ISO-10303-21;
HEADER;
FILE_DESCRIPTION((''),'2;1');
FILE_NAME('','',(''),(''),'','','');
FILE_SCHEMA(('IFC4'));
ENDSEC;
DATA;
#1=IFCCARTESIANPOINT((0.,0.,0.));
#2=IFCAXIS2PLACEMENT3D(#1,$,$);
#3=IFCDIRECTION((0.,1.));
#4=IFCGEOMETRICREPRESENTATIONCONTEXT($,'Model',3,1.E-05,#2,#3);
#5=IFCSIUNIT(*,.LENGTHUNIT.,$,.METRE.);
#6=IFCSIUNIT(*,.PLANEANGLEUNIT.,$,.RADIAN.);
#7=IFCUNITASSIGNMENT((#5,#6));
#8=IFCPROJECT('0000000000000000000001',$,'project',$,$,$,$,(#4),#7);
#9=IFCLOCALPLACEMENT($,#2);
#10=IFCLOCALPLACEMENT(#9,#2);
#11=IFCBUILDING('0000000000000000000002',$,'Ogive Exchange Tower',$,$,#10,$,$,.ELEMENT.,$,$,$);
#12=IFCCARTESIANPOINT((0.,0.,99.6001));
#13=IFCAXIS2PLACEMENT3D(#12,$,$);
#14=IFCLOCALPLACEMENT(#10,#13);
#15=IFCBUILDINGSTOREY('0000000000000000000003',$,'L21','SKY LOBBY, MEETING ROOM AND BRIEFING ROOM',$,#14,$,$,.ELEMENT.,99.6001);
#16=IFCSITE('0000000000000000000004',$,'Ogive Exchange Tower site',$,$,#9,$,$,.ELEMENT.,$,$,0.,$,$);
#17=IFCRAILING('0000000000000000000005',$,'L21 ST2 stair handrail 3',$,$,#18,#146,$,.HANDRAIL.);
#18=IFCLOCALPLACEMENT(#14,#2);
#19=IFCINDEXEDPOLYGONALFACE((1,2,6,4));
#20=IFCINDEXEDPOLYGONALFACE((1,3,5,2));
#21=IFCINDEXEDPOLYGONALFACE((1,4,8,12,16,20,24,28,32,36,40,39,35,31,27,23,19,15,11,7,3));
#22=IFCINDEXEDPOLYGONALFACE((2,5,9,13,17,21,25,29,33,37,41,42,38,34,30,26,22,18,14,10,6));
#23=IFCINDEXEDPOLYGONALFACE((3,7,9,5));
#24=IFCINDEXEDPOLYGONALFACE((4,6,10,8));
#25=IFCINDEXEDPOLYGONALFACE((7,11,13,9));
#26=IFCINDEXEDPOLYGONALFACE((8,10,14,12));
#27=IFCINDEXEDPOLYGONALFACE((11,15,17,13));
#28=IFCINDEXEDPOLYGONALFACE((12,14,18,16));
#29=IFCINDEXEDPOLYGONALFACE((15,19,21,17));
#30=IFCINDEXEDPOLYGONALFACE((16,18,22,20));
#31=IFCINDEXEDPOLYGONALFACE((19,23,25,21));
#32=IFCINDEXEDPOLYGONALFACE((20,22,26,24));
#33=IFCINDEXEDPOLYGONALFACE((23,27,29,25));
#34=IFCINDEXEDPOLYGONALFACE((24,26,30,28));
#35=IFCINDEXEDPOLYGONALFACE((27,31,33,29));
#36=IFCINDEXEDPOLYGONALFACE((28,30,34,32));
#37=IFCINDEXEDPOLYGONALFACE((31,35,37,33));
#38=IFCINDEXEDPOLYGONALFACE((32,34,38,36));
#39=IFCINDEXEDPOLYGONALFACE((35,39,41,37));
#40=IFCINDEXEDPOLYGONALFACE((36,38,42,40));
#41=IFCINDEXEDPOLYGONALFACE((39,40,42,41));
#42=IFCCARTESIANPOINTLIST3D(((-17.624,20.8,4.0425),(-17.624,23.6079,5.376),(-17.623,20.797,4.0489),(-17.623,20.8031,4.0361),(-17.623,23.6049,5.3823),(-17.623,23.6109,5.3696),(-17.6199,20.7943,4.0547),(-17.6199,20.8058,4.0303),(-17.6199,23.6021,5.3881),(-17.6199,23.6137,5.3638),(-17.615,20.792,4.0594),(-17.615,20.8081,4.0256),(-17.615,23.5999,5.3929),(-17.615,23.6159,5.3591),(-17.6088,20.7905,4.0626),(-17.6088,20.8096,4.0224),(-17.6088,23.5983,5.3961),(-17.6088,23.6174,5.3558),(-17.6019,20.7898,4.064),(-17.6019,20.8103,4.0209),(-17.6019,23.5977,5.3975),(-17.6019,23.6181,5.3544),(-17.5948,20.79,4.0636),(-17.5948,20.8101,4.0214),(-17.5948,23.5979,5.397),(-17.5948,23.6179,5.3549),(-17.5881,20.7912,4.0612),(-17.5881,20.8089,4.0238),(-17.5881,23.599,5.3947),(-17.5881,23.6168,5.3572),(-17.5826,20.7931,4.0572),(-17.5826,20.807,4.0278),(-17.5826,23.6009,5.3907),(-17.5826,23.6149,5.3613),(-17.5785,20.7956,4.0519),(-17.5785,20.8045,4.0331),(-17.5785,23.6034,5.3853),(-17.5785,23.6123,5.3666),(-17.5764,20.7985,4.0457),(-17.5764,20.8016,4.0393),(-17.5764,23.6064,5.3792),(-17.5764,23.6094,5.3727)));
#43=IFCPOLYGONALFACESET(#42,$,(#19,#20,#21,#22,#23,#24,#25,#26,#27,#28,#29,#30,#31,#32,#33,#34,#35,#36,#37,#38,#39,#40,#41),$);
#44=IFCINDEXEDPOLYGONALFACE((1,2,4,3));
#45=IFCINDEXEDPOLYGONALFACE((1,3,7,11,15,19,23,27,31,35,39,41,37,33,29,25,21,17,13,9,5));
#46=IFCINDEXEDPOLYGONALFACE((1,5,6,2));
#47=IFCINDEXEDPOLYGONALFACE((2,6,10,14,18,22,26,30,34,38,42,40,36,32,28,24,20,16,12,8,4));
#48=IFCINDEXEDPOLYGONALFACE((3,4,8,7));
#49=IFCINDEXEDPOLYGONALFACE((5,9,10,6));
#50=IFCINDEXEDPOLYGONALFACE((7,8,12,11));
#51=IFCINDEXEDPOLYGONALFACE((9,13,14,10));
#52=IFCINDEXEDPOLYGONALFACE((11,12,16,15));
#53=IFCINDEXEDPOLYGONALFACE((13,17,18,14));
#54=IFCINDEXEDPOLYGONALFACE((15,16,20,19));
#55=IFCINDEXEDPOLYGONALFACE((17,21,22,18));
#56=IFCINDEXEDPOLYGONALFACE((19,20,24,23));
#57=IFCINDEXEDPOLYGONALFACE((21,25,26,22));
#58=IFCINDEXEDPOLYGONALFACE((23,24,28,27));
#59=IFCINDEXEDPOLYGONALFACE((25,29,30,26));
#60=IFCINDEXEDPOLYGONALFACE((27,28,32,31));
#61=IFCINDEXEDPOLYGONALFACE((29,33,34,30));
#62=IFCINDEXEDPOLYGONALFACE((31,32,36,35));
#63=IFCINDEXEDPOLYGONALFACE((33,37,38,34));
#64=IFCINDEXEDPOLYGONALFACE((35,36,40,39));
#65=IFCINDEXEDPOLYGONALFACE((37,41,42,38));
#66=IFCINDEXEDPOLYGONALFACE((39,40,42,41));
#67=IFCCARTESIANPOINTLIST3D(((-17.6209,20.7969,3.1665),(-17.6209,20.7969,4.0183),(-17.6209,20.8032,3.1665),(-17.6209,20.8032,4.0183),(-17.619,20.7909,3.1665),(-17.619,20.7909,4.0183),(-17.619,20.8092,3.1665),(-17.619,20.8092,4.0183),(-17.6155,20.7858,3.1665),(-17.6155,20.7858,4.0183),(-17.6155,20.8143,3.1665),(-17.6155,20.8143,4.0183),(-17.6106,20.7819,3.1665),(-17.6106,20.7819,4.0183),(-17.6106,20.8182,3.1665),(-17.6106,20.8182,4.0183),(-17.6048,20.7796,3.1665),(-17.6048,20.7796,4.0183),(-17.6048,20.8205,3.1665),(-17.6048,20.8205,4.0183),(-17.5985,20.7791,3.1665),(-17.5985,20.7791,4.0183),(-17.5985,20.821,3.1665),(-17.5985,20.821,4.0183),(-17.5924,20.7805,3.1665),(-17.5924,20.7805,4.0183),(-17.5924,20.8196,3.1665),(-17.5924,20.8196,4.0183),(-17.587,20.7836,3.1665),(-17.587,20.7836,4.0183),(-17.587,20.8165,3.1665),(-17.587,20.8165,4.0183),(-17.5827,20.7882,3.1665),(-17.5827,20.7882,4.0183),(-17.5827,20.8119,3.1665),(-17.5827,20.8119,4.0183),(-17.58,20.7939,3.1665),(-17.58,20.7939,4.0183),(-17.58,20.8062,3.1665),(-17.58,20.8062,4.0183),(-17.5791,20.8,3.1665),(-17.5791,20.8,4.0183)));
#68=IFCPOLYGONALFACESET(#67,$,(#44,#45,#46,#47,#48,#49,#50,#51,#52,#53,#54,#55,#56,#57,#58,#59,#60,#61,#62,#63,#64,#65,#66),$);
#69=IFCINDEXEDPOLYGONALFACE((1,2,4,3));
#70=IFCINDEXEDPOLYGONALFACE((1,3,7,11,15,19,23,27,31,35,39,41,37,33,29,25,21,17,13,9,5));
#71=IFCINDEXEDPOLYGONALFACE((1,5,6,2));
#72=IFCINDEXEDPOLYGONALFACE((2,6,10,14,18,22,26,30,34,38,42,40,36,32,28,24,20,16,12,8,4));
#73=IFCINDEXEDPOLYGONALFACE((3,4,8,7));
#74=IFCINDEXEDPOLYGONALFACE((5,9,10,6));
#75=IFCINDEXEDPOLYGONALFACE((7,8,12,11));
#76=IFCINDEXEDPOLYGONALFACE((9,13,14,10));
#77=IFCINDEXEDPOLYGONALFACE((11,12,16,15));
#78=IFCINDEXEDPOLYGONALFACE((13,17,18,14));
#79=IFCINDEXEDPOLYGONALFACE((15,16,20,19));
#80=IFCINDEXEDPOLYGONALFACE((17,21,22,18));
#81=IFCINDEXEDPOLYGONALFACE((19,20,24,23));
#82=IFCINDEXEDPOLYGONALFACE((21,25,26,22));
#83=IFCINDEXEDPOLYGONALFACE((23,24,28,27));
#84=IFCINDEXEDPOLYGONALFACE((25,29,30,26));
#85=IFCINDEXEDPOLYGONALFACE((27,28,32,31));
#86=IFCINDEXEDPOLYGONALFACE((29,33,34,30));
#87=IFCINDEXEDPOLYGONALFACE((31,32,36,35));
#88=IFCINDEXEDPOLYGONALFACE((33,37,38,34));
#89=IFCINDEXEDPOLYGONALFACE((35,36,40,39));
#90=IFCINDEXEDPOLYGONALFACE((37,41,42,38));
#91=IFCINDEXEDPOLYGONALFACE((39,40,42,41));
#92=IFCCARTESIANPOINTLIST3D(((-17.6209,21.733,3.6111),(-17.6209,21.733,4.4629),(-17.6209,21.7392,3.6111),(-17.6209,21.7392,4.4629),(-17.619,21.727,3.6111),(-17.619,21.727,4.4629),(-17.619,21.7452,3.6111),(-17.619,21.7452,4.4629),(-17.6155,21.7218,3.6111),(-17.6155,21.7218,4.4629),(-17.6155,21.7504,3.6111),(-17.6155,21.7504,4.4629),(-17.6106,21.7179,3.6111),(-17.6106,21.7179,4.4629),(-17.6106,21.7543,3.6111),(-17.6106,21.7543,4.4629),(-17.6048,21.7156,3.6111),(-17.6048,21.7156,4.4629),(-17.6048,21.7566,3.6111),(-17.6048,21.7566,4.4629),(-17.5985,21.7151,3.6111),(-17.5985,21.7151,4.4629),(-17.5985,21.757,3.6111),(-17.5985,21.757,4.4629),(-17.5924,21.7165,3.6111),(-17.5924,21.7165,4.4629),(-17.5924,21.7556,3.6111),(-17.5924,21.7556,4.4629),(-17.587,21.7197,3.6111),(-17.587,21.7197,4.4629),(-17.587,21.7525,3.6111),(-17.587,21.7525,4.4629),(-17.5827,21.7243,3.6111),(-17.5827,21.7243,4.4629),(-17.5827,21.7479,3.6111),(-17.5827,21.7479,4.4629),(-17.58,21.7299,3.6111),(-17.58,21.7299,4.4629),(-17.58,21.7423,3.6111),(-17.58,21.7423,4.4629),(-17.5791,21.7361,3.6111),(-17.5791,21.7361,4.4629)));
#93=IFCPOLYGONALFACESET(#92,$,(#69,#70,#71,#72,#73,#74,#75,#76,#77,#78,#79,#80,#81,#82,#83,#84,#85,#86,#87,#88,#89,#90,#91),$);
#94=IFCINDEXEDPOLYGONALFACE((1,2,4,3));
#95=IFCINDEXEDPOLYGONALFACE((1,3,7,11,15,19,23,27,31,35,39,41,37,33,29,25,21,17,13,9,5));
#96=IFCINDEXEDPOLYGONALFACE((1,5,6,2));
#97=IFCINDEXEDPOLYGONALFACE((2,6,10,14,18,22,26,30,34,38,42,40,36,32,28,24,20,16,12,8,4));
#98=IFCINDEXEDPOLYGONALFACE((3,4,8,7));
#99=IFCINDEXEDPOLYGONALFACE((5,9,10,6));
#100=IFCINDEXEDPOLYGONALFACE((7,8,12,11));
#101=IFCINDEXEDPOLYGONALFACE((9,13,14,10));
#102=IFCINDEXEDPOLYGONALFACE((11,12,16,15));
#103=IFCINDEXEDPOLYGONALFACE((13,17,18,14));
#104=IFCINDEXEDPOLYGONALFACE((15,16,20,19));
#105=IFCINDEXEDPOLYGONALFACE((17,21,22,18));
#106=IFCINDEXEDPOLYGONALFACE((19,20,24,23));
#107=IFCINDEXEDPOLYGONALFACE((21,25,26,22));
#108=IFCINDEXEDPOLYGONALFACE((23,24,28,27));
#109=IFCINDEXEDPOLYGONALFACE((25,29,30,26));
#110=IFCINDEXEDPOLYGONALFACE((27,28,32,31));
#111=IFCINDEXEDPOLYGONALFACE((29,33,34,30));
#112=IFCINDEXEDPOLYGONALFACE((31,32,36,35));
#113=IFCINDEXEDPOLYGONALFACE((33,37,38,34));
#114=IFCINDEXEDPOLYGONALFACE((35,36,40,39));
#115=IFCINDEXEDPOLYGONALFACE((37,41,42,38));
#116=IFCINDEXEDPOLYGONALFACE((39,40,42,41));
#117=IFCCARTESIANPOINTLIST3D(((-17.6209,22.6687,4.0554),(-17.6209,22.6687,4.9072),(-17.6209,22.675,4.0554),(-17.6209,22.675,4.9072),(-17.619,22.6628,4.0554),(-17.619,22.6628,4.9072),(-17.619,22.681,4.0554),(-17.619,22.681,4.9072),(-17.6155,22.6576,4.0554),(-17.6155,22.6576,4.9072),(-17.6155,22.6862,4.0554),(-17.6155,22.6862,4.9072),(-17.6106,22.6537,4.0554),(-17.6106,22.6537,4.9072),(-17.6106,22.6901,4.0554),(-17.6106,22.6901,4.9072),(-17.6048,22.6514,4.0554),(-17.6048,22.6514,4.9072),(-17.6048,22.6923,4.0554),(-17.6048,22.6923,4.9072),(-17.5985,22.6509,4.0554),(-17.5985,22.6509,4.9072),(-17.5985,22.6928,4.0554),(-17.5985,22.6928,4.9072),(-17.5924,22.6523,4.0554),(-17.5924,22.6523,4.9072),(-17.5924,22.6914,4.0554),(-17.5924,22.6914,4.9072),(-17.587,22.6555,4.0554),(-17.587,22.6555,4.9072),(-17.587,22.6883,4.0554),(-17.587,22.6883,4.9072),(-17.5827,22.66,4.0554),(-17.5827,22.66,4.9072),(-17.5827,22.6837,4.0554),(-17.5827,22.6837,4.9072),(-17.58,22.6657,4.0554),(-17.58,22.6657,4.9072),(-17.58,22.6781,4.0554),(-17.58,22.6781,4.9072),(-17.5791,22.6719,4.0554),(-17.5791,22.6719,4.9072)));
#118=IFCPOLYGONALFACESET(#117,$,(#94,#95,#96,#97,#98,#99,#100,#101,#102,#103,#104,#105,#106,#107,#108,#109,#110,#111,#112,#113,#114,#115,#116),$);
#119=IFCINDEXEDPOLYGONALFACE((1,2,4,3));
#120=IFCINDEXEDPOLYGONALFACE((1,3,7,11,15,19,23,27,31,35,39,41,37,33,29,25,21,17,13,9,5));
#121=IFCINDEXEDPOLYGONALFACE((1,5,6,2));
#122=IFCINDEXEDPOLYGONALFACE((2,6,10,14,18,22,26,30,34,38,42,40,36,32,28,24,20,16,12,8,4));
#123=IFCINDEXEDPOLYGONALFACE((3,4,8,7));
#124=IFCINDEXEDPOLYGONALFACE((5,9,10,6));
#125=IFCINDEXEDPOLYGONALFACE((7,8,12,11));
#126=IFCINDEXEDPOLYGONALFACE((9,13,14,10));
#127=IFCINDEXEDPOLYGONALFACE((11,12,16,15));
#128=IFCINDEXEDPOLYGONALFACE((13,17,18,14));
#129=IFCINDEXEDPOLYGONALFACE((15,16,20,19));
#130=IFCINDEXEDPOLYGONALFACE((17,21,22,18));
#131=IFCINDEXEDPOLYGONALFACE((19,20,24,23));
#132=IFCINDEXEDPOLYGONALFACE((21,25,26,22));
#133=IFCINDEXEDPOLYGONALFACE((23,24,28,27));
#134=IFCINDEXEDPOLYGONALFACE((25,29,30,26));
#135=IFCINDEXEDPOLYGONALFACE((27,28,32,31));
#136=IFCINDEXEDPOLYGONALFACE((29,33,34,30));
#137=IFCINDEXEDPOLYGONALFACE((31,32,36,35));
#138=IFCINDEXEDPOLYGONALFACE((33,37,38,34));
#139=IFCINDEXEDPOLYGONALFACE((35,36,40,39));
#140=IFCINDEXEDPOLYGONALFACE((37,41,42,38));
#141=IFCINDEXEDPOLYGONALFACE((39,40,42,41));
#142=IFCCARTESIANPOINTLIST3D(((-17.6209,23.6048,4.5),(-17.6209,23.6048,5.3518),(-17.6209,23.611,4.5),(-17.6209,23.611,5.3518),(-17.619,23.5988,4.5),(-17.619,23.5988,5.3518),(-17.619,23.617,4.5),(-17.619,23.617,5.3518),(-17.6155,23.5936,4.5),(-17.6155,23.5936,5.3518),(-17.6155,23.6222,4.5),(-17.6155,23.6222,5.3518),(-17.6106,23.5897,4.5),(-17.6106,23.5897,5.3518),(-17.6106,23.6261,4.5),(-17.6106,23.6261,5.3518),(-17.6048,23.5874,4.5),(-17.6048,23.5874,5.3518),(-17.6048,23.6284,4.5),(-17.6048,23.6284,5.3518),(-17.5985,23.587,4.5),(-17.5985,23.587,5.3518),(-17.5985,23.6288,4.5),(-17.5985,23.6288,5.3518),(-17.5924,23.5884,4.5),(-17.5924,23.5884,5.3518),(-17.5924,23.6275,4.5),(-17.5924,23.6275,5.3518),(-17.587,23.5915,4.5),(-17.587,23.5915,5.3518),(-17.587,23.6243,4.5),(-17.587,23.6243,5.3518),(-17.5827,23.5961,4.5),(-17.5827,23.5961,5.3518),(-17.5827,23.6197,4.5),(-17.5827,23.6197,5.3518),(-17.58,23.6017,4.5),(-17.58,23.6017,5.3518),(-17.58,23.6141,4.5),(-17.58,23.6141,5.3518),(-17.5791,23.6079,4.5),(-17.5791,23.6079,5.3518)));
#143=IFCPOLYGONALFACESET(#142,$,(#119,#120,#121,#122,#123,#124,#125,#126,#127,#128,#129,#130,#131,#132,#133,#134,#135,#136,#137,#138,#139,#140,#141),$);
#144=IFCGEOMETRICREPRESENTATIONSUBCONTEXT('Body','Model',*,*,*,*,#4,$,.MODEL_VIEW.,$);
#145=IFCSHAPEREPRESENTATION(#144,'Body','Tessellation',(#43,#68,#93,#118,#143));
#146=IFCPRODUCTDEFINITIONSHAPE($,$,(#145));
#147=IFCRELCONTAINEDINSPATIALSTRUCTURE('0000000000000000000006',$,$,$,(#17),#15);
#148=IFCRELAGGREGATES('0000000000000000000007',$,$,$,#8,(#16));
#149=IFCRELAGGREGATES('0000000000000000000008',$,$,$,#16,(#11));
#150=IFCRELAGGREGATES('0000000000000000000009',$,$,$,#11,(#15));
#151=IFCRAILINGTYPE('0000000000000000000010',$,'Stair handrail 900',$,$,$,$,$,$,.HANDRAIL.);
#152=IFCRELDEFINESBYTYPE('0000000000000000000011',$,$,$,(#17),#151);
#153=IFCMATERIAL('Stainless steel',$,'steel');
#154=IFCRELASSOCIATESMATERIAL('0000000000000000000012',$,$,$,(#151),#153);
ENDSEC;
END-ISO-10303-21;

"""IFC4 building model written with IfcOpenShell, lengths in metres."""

from ifc_helpers import new_model, si_unit, direction, frame, origin, origin_2d, place, context, subcontext, project, spatial, circle, extrude, material, type_object, element, save


model = new_model("IFC4")

# Units and contexts
model_context = context("Model", 3, precision=1e-05, world=origin(), true_north=direction((0.0, 1.0)))
body_context = subcontext(model_context, "Body", "Model", "MODEL_VIEW")
ifc_project = project(units=[si_unit("LENGTHUNIT", "METRE"), si_unit("PLANEANGLEUNIT", "RADIAN")], contexts=[model_context])

# Site, building, storey
site_placement = place(None, origin())
site = spatial("IfcSite", under=ifc_project, at=site_placement, Name="Ogive Exchange Tower site", CompositionType="ELEMENT", RefElevation=0.0)
building_placement = place(site_placement, origin())
building = spatial("IfcBuilding", under=site, at=building_placement, Name="Ogive Exchange Tower", CompositionType="ELEMENT")
storey_placement = place(building_placement, frame((0.0, 0.0, 99.6001)))
storey = spatial("IfcBuildingStorey", under=building, at=storey_placement, Name="L21", Description="SKY LOBBY, MEETING ROOM AND BRIEFING ROOM", CompositionType="ELEMENT", Elevation=99.6001)

# Railing
ifc_material_1 = material(Name="Stainless steel", Category="steel")
railing_type = type_object("IfcRailingType", Name="Stair handrail 900", PredefinedType="HANDRAIL", material=ifc_material_1)
for number, where, name in (
    (1, (-17.6001, 20.8, 3.1665), "L21 ST2 stair handrail 3"),
):
    element("IfcRailing", number, at=place(storey_placement, frame(where)), inside=storey, type_object=railing_type, Name=name, PredefinedType="HANDRAIL", context=body_context, shape_type="SweptSolid", body=[
        extrude(circle(Radius=0.0239, at=origin_2d()), frame((0.0, 0.0, 0.876), z_axis=(0.0, 0.903307, 0.428994), x_axis=(-1.0, 0.0, 0.0)), (0.0, 0.0, 1.0), 3.1084),
        extrude(circle(Radius=0.021, at=origin_2d()), origin(), (0.0, 0.0, 1.0), 0.8518),
        extrude(circle(Radius=0.021, at=origin_2d()), frame((0.0, 0.936, 0.4446)), (0.0, 0.0, 1.0), 0.8518),
        extrude(circle(Radius=0.021, at=origin_2d()), frame((0.0, 1.8718, 0.8889)), (0.0, 0.0, 1.0), 0.8518),
        extrude(circle(Radius=0.021, at=origin_2d()), frame((0.0, 2.8079, 1.3335)), (0.0, 0.0, 1.0), 0.8518),
    ])

save(model, "model.ifc")
